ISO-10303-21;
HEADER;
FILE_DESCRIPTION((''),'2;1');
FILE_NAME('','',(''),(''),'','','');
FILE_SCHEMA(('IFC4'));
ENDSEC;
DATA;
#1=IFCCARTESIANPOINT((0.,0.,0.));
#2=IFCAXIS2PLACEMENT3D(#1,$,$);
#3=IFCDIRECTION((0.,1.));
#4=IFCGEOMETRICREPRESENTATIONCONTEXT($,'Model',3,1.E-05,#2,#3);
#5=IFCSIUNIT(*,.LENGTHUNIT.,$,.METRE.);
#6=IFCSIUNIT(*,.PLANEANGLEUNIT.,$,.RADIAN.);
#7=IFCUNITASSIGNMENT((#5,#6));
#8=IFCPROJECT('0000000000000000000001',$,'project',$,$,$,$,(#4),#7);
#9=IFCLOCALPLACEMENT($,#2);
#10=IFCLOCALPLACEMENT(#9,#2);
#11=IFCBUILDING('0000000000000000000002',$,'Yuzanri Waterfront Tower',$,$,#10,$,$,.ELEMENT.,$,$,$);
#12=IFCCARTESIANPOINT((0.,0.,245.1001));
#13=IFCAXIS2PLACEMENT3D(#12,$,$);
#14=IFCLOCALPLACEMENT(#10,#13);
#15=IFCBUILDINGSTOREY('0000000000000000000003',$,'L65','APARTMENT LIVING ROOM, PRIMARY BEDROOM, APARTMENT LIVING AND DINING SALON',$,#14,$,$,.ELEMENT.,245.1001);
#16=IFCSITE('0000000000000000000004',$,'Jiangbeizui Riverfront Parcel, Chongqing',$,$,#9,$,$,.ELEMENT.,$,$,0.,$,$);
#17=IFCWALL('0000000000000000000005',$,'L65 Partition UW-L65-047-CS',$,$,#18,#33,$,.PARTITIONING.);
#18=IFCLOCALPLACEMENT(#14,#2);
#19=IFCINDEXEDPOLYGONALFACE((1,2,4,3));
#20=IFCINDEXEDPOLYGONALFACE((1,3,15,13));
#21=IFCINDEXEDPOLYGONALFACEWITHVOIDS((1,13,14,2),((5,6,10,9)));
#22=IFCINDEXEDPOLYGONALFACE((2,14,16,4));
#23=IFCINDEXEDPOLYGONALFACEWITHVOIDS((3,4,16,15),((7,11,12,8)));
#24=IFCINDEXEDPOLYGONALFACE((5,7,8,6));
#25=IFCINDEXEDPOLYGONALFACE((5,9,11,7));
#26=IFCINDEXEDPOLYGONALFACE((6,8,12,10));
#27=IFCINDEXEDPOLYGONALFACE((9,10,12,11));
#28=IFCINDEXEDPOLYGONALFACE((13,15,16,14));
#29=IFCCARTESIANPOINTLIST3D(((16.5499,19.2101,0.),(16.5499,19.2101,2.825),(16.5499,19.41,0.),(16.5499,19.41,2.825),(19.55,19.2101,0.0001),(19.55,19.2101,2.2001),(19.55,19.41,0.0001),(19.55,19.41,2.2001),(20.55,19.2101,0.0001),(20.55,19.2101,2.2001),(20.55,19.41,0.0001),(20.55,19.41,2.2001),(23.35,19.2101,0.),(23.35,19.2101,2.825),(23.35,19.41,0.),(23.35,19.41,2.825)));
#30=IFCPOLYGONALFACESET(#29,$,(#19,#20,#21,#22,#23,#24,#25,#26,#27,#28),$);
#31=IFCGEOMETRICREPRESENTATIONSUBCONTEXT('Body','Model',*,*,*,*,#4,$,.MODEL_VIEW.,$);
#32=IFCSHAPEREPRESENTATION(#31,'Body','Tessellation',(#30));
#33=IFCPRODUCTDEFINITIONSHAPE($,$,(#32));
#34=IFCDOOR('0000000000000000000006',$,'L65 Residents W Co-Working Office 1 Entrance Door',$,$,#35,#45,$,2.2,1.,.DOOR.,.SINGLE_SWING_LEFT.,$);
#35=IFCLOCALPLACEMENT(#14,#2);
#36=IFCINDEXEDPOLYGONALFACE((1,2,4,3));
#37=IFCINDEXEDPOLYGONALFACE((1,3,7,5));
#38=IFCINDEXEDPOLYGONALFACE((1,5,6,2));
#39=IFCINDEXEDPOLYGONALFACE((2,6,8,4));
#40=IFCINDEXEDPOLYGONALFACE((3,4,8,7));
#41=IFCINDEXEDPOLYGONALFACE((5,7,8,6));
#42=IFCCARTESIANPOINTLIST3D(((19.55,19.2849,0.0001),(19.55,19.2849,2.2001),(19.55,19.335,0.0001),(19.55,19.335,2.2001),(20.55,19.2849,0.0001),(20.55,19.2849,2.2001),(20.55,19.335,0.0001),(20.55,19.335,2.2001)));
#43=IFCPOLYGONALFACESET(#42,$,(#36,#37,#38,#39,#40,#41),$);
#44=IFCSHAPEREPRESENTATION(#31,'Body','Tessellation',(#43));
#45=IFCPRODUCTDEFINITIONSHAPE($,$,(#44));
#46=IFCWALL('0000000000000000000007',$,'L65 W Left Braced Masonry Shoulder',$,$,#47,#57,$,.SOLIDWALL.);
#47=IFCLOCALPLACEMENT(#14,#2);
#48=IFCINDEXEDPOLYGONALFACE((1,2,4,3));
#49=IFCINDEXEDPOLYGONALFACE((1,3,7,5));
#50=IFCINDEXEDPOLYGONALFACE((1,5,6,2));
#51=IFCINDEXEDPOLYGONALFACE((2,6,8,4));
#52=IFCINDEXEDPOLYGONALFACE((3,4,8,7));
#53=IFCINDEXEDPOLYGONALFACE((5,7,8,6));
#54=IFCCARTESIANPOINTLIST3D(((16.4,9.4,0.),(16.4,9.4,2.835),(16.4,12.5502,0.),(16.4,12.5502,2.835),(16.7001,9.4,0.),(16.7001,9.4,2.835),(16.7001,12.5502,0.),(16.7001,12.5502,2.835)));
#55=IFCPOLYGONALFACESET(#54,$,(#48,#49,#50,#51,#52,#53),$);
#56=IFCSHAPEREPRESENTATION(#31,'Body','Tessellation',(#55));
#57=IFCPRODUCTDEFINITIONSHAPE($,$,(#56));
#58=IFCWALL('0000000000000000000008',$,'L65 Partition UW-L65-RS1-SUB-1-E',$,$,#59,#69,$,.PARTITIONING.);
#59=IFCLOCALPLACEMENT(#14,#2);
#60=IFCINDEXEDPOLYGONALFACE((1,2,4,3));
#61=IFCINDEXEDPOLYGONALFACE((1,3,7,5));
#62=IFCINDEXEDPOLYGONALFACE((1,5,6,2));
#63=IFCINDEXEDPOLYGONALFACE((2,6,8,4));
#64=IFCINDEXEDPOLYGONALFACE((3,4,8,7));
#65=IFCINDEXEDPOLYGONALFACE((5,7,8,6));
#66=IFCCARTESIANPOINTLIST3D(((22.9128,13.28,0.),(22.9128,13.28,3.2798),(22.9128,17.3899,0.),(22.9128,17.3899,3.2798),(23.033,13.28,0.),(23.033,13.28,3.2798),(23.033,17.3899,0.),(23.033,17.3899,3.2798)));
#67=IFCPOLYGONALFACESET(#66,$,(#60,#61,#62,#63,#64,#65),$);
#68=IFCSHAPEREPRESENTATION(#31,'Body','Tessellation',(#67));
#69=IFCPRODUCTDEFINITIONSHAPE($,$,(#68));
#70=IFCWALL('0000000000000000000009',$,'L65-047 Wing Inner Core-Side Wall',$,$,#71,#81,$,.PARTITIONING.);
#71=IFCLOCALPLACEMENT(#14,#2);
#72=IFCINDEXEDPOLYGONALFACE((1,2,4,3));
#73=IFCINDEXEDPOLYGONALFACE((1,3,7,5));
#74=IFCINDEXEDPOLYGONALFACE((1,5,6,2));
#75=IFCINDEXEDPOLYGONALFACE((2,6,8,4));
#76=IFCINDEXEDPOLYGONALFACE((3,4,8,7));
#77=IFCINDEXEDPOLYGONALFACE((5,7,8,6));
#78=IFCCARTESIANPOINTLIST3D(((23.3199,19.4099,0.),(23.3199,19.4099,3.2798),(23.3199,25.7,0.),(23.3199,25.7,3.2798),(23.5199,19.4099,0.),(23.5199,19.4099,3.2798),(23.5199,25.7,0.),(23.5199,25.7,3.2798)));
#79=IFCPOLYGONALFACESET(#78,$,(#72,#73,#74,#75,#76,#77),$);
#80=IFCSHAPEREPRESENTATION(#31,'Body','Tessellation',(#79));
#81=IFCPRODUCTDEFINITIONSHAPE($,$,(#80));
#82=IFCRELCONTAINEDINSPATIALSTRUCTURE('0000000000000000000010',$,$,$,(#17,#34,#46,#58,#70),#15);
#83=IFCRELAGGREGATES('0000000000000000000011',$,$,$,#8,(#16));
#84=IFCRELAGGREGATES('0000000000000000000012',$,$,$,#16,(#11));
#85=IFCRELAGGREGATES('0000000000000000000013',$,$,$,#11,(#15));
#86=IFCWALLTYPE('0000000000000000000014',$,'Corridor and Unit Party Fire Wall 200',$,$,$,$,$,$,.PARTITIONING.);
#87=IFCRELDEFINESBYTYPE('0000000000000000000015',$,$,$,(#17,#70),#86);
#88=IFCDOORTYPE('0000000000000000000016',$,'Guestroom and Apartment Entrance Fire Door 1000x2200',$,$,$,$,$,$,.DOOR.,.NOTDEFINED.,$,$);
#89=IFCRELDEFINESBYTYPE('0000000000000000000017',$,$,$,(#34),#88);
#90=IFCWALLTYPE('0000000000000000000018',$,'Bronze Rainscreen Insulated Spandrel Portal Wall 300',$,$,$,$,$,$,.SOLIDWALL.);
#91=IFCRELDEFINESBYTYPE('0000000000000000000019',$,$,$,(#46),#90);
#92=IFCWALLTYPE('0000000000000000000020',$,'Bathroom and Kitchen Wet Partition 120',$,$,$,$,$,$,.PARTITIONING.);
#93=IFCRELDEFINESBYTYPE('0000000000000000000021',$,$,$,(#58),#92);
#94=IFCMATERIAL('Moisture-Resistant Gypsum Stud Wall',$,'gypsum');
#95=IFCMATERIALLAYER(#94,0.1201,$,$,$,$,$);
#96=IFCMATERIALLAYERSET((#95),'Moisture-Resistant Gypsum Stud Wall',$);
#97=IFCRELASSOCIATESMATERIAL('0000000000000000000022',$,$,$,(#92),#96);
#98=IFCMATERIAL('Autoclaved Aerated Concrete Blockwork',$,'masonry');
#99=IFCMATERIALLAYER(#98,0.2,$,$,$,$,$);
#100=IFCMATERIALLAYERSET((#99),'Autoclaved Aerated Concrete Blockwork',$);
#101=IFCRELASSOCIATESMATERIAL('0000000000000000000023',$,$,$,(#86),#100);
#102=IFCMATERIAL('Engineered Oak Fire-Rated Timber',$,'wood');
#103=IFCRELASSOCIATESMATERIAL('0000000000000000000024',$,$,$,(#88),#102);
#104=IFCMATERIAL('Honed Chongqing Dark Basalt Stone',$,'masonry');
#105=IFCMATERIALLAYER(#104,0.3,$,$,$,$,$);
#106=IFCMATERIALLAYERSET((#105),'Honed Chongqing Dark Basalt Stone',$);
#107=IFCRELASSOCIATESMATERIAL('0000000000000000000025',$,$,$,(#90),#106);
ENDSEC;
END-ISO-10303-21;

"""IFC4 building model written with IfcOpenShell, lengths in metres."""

from ifc_helpers import new_model, si_unit, direction, frame, frame_2d, origin, place, context, subcontext, project, spatial, rectangle, extrude, source, transform, mapped, material, layer, layer_set, type_object, element, fill, save


model = new_model("IFC4")

# Units and contexts
model_context = context("Model", 3, precision=1e-05, world=origin(), true_north=direction((0.0, 1.0)))
body_context = subcontext(model_context, "Body", "Model", "MODEL_VIEW")
ifc_project = project(units=[si_unit("LENGTHUNIT", "METRE"), si_unit("PLANEANGLEUNIT", "RADIAN")], contexts=[model_context])

# Site, building, storey
site_placement = place(None, origin())
site = spatial("IfcSite", under=ifc_project, at=site_placement, Name="Jiangbeizui Riverfront Parcel, Chongqing", CompositionType="ELEMENT", RefElevation=0.0)
building_placement = place(site_placement, origin())
building = spatial("IfcBuilding", under=site, at=building_placement, Name="Yuzanri Waterfront Tower", CompositionType="ELEMENT")
storey_placement = place(building_placement, frame((0.0, 0.0, 245.1001)))
storey = spatial("IfcBuildingStorey", under=building, at=storey_placement, Name="L65", Description="APARTMENT LIVING ROOM, PRIMARY BEDROOM, APARTMENT LIVING AND DINING SALON", CompositionType="ELEMENT", Elevation=245.1001)

# Shared definitions
ifc_material_1 = material(Name="Moisture-Resistant Gypsum Stud Wall", Category="gypsum")
ifc_layer_1 = layer(ifc_material_1, 0.1201)
ifc_layer_set_1 = layer_set([ifc_layer_1], Name="Moisture-Resistant Gypsum Stud Wall")
wall_type_1 = type_object("IfcWallType", Name="Bathroom and Kitchen Wet Partition 120", PredefinedType="PARTITIONING", material=ifc_layer_set_1)

# Wall, opening, door
ifc_material_2 = material(Name="Autoclaved Aerated Concrete Blockwork", Category="masonry")
ifc_layer_2 = layer(ifc_material_2, 0.2)
ifc_layer_set_2 = layer_set([ifc_layer_2], Name="Autoclaved Aerated Concrete Blockwork")
wall_type_2 = type_object("IfcWallType", Name="Corridor and Unit Party Fire Wall 200", PredefinedType="PARTITIONING", material=ifc_layer_set_2)
ifc_material_3 = material(Name="Engineered Oak Fire-Rated Timber", Category="wood")
door_type_1 = type_object("IfcDoorType", Name="Guestroom and Apartment Entrance Fire Door 1000x2200", OperationType="NOTDEFINED", PredefinedType="DOOR", material=ifc_material_3)
shared_shape_1 = source(origin(), body_context, "Body", "SweptSolid", [
    extrude(rectangle(XDim=1.0, YDim=2.2, at=frame_2d((0.5, 1.1001))), frame((0.0, 0.0249, 0.0), z_axis=(0.0, -1.0, 0.0), x_axis=(1.0, 0.0, 0.0)), (0.0, 0.0, 1.0), 0.05),
])
wall_1_placement = place(storey_placement, frame((16.55, 19.3101, 0.0), z_axis=(0.0, 0.0, 1.0), x_axis=(1.0, 0.0, 0.0)))
wall_1 = element("IfcWall", 1, at=wall_1_placement, inside=storey, type_object=wall_type_2, Name="L65 Partition UW-L65-047-CS", PredefinedType="PARTITIONING", context=body_context, shape_type="SweptSolid", body=[
    extrude(rectangle(XDim=6.8, YDim=0.2, at=frame_2d((3.3999, 0.0))), origin(), (0.0, 0.0, 1.0), 2.825),
])
opening_1_placement = place(wall_1_placement, frame((3.0, 0.0, 0.0)))
opening_1 = element("IfcOpeningElement", 2, at=opening_1_placement, cuts=wall_1, PredefinedType="OPENING", context=body_context, shape_type="SweptSolid", body=[
    extrude(rectangle(XDim=1.0, YDim=2.2, at=frame_2d((0.5, 1.1001))), frame((0.0, 0.1147, 0.0), z_axis=(0.0, -1.0, 0.0), x_axis=(1.0, 0.0, 0.0)), (0.0, 0.0, 1.0), 0.2297),
])
door_1_placement = place(opening_1_placement, origin())
door_1 = element("IfcDoor", 3, at=door_1_placement, inside=storey, type_object=door_type_1, Name="L65 Residents W Co-Working Office 1 Entrance Door", OperationType="SINGLE_SWING_LEFT", OverallHeight=2.2, OverallWidth=1.0, PredefinedType="DOOR", context=body_context, shape_type="MappedRepresentation", body=[
    mapped(shared_shape_1, transform((0.0, 0.0, 0.0), scale=1.0)),
])
fill(opening_1, door_1)

# Walls
ifc_material_4 = material(Name="Honed Chongqing Dark Basalt Stone", Category="masonry")
ifc_layer_3 = layer(ifc_material_4, 0.3)
ifc_layer_set_3 = layer_set([ifc_layer_3], Name="Honed Chongqing Dark Basalt Stone")
wall_type_3 = type_object("IfcWallType", Name="Bronze Rainscreen Insulated Spandrel Portal Wall 300", PredefinedType="SOLIDWALL", material=ifc_layer_set_3)
shared_shape_2 = source(origin(), body_context, "Body", "SweptSolid", [
    extrude(rectangle(XDim=3.1501, YDim=0.3, at=frame_2d((1.5752, 0.0))), origin(), (0.0, 0.0, 1.0), 2.835),
])
wall_2_placement = place(storey_placement, frame((16.55, 9.3999, 0.0), z_axis=(0.0, 0.0, 1.0), x_axis=(0.0, 1.0, 0.0)))
element("IfcWall", 4, at=wall_2_placement, inside=storey, type_object=wall_type_3, Name="L65 W Left Braced Masonry Shoulder", PredefinedType="SOLIDWALL", context=body_context, shape_type="MappedRepresentation", body=[
    mapped(shared_shape_2, transform((0.0, 0.0, 0.0), scale=1.0)),
])
shared_shape_3 = source(origin(), body_context, "Body", "SweptSolid", [
    extrude(rectangle(XDim=4.1099, YDim=0.1201, at=frame_2d((2.0549, 0.0))), origin(), (0.0, 0.0, 1.0), 3.2798),
])
wall_3_placement = place(storey_placement, frame((22.9729, 13.28, 0.0), z_axis=(0.0, 0.0, 1.0), x_axis=(0.0, 1.0, 0.0)))
element("IfcWall", 5, at=wall_3_placement, inside=storey, type_object=wall_type_1, Name="L65 Partition UW-L65-RS1-SUB-1-E", PredefinedType="PARTITIONING", context=body_context, shape_type="MappedRepresentation", body=[
    mapped(shared_shape_3, transform((0.0, 0.0, 0.0), scale=1.0)),
])
shared_shape_4 = source(origin(), body_context, "Body", "SweptSolid", [
    extrude(rectangle(XDim=6.29, YDim=0.2, at=frame_2d((3.145, 0.0))), origin(), (0.0, 0.0, 1.0), 3.2798),
])
wall_4_placement = place(storey_placement, frame((23.4199, 19.4099, 0.0), z_axis=(0.0, 0.0, 1.0), x_axis=(0.0, 1.0, 0.0)))
element("IfcWall", 6, at=wall_4_placement, inside=storey, type_object=wall_type_2, Name="L65-047 Wing Inner Core-Side Wall", PredefinedType="PARTITIONING", context=body_context, shape_type="MappedRepresentation", body=[
    mapped(shared_shape_4, transform((0.0, 0.0, 0.0), scale=1.0)),
])

save(model, "model.ifc")
